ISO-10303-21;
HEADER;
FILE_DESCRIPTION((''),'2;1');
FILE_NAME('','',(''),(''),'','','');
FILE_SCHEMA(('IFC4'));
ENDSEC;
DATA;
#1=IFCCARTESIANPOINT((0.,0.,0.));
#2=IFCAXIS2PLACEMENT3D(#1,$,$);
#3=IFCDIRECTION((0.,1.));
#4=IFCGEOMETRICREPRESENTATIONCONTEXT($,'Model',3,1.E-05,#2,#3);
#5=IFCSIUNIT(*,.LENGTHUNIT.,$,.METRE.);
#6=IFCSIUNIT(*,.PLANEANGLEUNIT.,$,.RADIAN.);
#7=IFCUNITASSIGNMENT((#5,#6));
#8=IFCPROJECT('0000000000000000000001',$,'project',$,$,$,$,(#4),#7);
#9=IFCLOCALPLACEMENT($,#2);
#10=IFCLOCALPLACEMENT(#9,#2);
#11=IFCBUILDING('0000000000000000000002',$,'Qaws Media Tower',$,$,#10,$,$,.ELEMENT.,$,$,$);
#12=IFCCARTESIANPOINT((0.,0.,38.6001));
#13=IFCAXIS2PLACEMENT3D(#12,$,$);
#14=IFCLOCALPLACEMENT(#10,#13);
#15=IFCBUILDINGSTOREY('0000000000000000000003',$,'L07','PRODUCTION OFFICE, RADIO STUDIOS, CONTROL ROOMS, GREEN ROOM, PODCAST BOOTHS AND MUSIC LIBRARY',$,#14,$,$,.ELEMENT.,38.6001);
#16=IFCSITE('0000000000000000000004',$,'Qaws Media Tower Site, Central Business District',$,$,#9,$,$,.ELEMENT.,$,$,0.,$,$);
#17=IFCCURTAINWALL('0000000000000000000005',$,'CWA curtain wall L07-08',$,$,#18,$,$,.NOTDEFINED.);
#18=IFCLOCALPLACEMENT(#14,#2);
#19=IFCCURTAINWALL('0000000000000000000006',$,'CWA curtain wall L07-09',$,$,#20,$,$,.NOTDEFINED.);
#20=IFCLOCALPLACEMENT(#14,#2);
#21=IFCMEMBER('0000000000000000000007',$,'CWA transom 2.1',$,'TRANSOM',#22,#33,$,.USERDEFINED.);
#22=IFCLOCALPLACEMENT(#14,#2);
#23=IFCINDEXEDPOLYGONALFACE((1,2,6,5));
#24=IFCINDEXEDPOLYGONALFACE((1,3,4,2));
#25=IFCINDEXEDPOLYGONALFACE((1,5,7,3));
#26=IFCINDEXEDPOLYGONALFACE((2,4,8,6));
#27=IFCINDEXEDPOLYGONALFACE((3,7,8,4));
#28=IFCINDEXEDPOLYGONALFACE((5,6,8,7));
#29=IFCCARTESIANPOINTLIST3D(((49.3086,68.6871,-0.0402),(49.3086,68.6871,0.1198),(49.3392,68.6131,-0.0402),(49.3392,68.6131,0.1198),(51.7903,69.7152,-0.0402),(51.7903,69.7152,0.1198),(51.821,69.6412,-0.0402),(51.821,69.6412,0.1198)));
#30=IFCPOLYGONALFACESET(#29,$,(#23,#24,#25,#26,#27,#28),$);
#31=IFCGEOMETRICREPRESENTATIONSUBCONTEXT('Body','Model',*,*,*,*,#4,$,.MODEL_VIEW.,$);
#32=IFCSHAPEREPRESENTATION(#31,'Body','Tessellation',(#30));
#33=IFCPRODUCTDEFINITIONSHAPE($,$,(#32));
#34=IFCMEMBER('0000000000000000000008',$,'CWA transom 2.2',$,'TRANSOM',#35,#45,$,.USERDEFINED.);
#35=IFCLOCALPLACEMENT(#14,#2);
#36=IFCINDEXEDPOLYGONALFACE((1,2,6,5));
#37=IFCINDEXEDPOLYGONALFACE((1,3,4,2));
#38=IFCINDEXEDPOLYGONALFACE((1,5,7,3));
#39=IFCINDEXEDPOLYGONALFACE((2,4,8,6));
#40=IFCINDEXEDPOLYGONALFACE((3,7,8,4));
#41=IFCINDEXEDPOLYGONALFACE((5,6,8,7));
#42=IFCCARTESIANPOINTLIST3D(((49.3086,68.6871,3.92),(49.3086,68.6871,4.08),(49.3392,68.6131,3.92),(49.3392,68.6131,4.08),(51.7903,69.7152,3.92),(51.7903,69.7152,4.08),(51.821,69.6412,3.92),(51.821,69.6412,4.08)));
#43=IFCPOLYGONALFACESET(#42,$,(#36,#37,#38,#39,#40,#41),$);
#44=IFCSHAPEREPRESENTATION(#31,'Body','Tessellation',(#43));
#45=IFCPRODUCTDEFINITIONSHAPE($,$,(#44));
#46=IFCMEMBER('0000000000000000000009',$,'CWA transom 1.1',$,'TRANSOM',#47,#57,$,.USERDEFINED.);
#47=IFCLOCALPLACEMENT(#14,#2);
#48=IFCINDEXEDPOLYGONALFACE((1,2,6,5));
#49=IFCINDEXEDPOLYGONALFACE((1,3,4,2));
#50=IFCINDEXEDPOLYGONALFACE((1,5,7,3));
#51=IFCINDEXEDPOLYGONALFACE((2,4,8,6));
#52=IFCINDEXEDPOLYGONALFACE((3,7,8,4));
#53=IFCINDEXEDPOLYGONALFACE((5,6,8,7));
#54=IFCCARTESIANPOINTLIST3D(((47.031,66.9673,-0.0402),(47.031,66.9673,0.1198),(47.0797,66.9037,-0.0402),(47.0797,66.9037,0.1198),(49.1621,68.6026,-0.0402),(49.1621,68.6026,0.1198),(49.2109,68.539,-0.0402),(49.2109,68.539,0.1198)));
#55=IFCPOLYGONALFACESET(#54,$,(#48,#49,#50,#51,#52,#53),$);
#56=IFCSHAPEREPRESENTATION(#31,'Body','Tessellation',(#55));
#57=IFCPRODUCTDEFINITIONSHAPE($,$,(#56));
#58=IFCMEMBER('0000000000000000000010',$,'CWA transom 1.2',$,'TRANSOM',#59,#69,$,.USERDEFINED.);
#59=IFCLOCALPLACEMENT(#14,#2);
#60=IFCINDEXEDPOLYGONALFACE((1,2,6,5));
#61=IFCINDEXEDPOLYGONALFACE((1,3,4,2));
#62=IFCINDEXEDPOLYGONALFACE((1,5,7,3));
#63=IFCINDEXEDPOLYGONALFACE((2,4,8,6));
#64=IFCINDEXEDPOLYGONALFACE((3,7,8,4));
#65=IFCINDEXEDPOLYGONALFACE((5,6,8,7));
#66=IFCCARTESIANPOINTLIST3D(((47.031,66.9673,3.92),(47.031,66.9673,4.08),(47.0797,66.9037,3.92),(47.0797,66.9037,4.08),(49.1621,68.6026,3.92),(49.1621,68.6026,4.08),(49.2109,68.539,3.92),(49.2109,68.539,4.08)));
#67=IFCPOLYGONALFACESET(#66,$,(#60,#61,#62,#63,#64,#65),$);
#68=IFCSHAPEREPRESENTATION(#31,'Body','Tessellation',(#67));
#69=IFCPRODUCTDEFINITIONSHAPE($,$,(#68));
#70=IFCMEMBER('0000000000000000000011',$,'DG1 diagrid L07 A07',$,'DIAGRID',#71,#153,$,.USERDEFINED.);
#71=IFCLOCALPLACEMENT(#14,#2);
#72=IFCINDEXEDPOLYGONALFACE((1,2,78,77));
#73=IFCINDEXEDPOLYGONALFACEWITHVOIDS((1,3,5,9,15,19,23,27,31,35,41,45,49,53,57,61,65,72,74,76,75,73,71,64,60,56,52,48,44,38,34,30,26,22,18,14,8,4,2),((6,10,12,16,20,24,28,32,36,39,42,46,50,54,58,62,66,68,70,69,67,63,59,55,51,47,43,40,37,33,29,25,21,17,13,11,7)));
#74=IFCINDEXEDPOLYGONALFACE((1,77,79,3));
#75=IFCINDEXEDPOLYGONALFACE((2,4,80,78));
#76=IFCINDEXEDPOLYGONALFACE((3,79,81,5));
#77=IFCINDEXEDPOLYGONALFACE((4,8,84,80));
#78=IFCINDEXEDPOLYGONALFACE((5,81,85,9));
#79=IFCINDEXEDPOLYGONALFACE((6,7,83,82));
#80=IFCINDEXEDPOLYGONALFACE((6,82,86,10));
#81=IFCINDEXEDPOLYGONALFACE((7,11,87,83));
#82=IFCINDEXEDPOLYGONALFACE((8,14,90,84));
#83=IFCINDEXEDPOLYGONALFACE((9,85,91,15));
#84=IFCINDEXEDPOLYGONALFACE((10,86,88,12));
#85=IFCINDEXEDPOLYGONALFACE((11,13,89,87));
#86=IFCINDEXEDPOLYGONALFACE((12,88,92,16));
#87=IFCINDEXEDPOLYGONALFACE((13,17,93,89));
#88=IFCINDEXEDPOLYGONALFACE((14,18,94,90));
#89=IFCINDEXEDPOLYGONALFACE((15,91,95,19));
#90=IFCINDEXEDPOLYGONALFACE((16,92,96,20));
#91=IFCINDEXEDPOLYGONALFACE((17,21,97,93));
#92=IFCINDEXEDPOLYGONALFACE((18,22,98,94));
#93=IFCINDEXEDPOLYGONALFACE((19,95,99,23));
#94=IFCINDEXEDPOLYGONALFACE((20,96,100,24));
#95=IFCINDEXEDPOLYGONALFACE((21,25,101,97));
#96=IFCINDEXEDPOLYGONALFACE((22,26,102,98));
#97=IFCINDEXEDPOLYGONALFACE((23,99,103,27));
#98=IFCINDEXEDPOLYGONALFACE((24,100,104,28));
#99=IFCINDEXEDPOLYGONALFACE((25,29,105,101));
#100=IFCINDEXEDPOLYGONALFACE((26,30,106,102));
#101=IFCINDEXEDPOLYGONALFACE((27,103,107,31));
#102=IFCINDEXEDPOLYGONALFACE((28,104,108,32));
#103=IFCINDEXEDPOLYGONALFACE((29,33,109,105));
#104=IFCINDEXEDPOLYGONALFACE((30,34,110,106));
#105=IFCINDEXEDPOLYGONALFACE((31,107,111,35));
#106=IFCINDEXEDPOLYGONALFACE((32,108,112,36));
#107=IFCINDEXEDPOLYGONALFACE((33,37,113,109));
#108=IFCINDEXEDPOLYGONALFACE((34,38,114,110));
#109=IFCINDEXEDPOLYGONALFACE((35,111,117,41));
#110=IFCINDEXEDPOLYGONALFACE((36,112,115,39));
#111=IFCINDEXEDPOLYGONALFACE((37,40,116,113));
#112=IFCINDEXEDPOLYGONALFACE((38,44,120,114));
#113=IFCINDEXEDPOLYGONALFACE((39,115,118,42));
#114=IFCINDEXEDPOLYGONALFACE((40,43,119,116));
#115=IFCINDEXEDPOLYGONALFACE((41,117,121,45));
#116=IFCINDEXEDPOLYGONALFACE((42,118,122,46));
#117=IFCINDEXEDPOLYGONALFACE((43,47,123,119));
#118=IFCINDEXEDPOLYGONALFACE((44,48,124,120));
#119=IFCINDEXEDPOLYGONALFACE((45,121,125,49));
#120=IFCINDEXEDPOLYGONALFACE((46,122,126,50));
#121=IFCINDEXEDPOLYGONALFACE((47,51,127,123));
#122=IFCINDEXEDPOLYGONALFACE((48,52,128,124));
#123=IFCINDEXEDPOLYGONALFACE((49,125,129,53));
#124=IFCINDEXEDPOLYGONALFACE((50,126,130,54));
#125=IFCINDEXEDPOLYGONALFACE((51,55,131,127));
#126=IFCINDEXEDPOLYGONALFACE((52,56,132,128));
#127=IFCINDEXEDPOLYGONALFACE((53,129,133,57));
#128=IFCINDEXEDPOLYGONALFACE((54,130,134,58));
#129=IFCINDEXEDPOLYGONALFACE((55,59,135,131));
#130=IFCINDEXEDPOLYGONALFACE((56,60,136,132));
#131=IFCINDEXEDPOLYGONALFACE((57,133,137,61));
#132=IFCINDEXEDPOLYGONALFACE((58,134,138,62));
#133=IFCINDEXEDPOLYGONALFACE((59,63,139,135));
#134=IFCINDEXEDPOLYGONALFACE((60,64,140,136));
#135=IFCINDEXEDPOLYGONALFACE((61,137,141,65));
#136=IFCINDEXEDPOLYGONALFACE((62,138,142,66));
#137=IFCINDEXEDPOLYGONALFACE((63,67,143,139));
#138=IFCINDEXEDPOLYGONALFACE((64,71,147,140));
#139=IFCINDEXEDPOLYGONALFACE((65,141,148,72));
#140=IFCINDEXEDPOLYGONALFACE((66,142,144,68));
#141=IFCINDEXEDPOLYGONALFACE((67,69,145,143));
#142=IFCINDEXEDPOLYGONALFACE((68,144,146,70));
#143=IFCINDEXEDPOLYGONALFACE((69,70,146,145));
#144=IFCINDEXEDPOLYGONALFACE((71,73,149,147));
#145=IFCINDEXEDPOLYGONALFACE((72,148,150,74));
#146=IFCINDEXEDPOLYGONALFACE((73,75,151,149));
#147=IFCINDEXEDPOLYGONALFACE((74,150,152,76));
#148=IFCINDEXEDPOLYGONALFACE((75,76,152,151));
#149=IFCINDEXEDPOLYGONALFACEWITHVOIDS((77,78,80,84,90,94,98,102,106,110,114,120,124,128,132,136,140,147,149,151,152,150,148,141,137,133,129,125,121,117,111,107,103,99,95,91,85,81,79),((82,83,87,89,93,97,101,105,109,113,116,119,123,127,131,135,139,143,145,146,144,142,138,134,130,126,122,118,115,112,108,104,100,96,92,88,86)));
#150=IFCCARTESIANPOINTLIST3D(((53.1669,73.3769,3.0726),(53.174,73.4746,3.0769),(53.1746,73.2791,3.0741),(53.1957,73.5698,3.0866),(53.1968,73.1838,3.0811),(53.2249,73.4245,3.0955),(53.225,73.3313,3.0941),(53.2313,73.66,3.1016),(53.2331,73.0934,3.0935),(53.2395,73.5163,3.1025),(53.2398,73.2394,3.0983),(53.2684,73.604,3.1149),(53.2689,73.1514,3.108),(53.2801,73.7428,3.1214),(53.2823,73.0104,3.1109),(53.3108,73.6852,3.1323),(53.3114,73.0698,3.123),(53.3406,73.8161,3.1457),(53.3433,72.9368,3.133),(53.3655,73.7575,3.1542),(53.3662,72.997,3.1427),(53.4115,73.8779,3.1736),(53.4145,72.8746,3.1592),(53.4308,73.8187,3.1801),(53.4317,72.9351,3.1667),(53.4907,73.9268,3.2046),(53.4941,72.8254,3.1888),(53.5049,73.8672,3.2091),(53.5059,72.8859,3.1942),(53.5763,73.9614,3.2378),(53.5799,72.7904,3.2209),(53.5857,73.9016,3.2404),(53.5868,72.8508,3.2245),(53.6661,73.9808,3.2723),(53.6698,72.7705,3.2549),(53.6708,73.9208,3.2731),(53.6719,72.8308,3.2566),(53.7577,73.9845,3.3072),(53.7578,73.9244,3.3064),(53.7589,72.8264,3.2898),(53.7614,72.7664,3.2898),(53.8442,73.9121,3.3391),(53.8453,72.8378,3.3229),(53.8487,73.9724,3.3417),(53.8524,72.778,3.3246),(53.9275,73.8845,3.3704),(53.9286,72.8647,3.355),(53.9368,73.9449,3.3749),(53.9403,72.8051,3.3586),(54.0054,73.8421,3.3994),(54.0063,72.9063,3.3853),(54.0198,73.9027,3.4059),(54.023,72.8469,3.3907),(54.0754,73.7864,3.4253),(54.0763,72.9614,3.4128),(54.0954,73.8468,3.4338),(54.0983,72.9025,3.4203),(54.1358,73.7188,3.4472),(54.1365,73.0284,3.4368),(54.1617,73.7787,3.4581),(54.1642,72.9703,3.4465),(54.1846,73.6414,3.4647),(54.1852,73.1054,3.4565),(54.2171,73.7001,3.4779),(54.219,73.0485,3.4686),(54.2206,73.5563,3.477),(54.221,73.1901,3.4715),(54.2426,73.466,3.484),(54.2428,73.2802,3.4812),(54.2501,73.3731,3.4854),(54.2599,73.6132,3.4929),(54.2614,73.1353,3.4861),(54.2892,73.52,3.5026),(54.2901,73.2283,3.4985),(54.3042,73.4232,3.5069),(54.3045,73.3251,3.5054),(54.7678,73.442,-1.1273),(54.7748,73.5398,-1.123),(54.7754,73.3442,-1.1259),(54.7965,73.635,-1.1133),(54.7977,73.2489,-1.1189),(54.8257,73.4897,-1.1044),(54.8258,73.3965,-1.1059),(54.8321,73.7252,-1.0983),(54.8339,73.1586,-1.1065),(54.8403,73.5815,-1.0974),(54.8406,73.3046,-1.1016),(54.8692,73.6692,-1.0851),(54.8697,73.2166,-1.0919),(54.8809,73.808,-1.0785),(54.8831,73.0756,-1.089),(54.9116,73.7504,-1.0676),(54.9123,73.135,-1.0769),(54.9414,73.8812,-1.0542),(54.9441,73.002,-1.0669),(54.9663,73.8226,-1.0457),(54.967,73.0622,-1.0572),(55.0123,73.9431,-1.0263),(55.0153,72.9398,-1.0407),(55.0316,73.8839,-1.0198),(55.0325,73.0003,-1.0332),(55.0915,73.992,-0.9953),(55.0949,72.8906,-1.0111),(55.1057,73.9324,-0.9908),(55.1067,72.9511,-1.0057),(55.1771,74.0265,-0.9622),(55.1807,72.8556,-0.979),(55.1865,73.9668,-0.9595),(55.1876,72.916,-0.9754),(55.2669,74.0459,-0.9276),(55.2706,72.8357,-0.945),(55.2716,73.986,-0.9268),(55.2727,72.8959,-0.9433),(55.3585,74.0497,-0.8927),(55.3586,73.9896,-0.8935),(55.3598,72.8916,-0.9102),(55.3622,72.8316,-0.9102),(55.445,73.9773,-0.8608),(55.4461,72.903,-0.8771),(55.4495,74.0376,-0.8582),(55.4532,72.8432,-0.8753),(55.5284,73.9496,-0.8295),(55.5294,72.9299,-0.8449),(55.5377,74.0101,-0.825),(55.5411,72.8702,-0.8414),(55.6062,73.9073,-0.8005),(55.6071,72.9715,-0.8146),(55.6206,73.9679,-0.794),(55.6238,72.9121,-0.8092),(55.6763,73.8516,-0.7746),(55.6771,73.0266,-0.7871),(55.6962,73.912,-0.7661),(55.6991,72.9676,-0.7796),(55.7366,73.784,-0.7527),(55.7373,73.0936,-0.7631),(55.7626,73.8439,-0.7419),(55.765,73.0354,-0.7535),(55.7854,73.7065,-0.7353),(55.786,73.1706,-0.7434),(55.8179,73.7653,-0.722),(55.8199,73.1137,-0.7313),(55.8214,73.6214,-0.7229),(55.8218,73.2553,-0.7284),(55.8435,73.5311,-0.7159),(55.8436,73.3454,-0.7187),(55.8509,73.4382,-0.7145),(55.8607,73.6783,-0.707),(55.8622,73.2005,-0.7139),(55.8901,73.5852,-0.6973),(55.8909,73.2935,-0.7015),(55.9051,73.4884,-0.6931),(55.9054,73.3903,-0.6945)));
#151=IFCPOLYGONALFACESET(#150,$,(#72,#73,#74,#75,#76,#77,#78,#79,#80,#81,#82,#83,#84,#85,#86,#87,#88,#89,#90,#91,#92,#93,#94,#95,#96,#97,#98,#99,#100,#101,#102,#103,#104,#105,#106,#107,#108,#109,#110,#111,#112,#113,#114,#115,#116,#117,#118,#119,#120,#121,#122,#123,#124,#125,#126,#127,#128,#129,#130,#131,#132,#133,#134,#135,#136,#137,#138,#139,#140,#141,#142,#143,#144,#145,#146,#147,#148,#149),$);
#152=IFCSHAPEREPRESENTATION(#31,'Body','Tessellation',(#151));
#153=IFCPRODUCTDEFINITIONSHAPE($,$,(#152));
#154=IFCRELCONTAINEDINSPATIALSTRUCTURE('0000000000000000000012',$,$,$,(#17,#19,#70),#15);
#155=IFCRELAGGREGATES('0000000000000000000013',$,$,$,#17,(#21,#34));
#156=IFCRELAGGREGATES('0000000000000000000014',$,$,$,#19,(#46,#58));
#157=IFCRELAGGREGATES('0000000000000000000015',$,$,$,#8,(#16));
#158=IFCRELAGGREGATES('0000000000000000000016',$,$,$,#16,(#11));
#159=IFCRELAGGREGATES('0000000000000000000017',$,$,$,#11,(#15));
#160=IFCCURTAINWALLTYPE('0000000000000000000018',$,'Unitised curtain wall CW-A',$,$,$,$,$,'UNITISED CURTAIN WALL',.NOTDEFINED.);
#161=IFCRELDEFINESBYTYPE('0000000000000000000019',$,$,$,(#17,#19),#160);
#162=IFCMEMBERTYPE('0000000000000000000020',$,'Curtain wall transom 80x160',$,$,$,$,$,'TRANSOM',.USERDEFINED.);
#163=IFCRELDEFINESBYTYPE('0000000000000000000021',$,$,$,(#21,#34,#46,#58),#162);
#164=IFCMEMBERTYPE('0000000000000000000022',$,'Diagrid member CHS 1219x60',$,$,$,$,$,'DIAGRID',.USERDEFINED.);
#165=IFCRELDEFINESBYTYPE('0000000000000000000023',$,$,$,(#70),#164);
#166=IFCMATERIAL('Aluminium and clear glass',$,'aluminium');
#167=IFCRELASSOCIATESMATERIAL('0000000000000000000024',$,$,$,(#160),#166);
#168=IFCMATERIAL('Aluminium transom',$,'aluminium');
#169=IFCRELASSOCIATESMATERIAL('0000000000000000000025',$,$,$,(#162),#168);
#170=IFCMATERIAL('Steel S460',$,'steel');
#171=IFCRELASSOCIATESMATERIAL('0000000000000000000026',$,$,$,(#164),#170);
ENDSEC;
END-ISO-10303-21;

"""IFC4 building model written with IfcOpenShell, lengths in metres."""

from ifc_helpers import new_model, si_unit, direction, frame, origin, origin_2d, place, context, subcontext, project, spatial, rectangle, hollow_circle, extrude, material, material_profile, profile_set, type_object, element, aggregate, save


model = new_model("IFC4")

# Units and contexts
model_context = context("Model", 3, precision=1e-05, world=origin(), true_north=direction((0.0, 1.0)))
body_context = subcontext(model_context, "Body", "Model", "MODEL_VIEW")
ifc_project = project(units=[si_unit("LENGTHUNIT", "METRE"), si_unit("PLANEANGLEUNIT", "RADIAN")], contexts=[model_context])

# Site, building, storey
site_placement = place(None, origin())
site = spatial("IfcSite", under=ifc_project, at=site_placement, Name="Qaws Media Tower Site, Central Business District", CompositionType="ELEMENT", RefElevation=0.0)
building_placement = place(site_placement, origin())
building = spatial("IfcBuilding", under=site, at=building_placement, Name="Qaws Media Tower", CompositionType="ELEMENT")
storey_placement = place(building_placement, frame((0.0, 0.0, 38.6001)))
storey = spatial("IfcBuildingStorey", under=building, at=storey_placement, Name="L07", Description="PRODUCTION OFFICE, RADIO STUDIOS, CONTROL ROOMS, GREEN ROOM, PODCAST BOOTHS AND MUSIC LIBRARY", CompositionType="ELEMENT", Elevation=38.6001)

# Curtain walls
ifc_material_1 = material(Name="Aluminium and clear glass", Category="aluminium")
curtain_wall_type = type_object("IfcCurtainWallType", Name="Unitised curtain wall CW-A", ElementType="UNITISED CURTAIN WALL", PredefinedType="NOTDEFINED", material=ifc_material_1)
curtain_wall_1_placement = place(storey_placement, origin())
curtain_wall_1 = element("IfcCurtainWall", 1, at=curtain_wall_1_placement, inside=storey, type_object=curtain_wall_type, Name="CWA curtain wall L07-08", PredefinedType="NOTDEFINED")
curtain_wall_2_placement = place(storey_placement, origin())
curtain_wall_2 = element("IfcCurtainWall", 2, at=curtain_wall_2_placement, inside=storey, type_object=curtain_wall_type, Name="CWA curtain wall L07-09", PredefinedType="NOTDEFINED")

# Members
ifc_material_2 = material(Name="Aluminium transom", Category="aluminium")
ifc_material_profile_1 = material_profile(ifc_material_2, rectangle(XDim=0.0801, YDim=0.1599, at=origin_2d()), Name="80x160")
ifc_profile_set_1 = profile_set([ifc_material_profile_1], Name="Aluminium transom")
member_type_1 = type_object("IfcMemberType", Name="Curtain wall transom 80x160", ElementType="TRANSOM", PredefinedType="USERDEFINED", material=ifc_profile_set_1)
member_1_placement = place(storey_placement, frame((51.8057, 69.6782, 0.0398), z_axis=(-0.923863, -0.382724, 0.0), x_axis=(0.382724, -0.923863, 0.0)))
member_1 = element("IfcMember", 3, at=member_1_placement, type_object=member_type_1, Name="CWA transom 2.1", ObjectType="TRANSOM", PredefinedType="USERDEFINED", context=body_context, shape_type="SweptSolid", body=[
    extrude(rectangle(XDim=0.0801, YDim=0.1599, at=origin_2d()), origin(), (0.0, 0.0, 1.0), 2.6863),
])
member_2_placement = place(storey_placement, frame((51.8057, 69.6782, 4.0), z_axis=(-0.923863, -0.382724, 0.0), x_axis=(0.382724, -0.923863, 0.0)))
member_2 = element("IfcMember", 4, at=member_2_placement, type_object=member_type_1, Name="CWA transom 2.2", ObjectType="TRANSOM", PredefinedType="USERDEFINED", context=body_context, shape_type="SweptSolid", body=[
    extrude(rectangle(XDim=0.0801, YDim=0.1599, at=origin_2d()), origin(), (0.0, 0.0, 1.0), 2.6863),
])
member_3_placement = place(storey_placement, frame((49.1865, 68.5708, 0.0398), z_axis=(-0.793353, -0.608762, 0.0), x_axis=(0.608762, -0.793353, 0.0)))
member_3 = element("IfcMember", 5, at=member_3_placement, type_object=member_type_1, Name="CWA transom 1.1", ObjectType="TRANSOM", PredefinedType="USERDEFINED", context=body_context, shape_type="SweptSolid", body=[
    extrude(rectangle(XDim=0.0801, YDim=0.1599, at=origin_2d()), origin(), (0.0, 0.0, 1.0), 2.6863),
])
member_4_placement = place(storey_placement, frame((49.1865, 68.5708, 4.0), z_axis=(-0.793353, -0.608762, 0.0), x_axis=(0.608762, -0.793353, 0.0)))
member_4 = element("IfcMember", 6, at=member_4_placement, type_object=member_type_1, Name="CWA transom 1.2", ObjectType="TRANSOM", PredefinedType="USERDEFINED", context=body_context, shape_type="SweptSolid", body=[
    extrude(rectangle(XDim=0.0801, YDim=0.1599, at=origin_2d()), origin(), (0.0, 0.0, 1.0), 2.6863),
])

# Member
ifc_material_3 = material(Name="Steel S460", Category="steel")
ifc_material_profile_2 = material_profile(ifc_material_3, hollow_circle(Radius=0.6096, WallThickness=0.0601, at=origin_2d()), Name="CHS 1219x60")
ifc_profile_set_2 = profile_set([ifc_material_profile_2], Name="Steel S460")
member_type_2 = type_object("IfcMemberType", Name="Diagrid member CHS 1219x60", ElementType="DIAGRID", PredefinedType="USERDEFINED", material=ifc_profile_set_2)
for number, where, z_axis, x_axis, name in (
    (7, (55.3374, 73.4407, -0.9102), (-0.356123, -0.014501, 0.934327), (0.040686, -0.999172, 0.0), "DG1 diagrid L07 A07"),
):
    element("IfcMember", number, at=place(storey_placement, frame(where, z_axis=z_axis, x_axis=x_axis)), inside=storey, type_object=member_type_2, Name=name, ObjectType="DIAGRID", PredefinedType="USERDEFINED", context=body_context, shape_type="SweptSolid", body=[
        extrude(hollow_circle(Radius=0.6096, WallThickness=0.0601, at=origin_2d()), origin(), (0.0, 0.0, 1.0), 4.4951),
    ])

aggregate(curtain_wall_1, [member_1, member_2])
aggregate(curtain_wall_2, [member_3, member_4])

save(model, "model.ifc")
